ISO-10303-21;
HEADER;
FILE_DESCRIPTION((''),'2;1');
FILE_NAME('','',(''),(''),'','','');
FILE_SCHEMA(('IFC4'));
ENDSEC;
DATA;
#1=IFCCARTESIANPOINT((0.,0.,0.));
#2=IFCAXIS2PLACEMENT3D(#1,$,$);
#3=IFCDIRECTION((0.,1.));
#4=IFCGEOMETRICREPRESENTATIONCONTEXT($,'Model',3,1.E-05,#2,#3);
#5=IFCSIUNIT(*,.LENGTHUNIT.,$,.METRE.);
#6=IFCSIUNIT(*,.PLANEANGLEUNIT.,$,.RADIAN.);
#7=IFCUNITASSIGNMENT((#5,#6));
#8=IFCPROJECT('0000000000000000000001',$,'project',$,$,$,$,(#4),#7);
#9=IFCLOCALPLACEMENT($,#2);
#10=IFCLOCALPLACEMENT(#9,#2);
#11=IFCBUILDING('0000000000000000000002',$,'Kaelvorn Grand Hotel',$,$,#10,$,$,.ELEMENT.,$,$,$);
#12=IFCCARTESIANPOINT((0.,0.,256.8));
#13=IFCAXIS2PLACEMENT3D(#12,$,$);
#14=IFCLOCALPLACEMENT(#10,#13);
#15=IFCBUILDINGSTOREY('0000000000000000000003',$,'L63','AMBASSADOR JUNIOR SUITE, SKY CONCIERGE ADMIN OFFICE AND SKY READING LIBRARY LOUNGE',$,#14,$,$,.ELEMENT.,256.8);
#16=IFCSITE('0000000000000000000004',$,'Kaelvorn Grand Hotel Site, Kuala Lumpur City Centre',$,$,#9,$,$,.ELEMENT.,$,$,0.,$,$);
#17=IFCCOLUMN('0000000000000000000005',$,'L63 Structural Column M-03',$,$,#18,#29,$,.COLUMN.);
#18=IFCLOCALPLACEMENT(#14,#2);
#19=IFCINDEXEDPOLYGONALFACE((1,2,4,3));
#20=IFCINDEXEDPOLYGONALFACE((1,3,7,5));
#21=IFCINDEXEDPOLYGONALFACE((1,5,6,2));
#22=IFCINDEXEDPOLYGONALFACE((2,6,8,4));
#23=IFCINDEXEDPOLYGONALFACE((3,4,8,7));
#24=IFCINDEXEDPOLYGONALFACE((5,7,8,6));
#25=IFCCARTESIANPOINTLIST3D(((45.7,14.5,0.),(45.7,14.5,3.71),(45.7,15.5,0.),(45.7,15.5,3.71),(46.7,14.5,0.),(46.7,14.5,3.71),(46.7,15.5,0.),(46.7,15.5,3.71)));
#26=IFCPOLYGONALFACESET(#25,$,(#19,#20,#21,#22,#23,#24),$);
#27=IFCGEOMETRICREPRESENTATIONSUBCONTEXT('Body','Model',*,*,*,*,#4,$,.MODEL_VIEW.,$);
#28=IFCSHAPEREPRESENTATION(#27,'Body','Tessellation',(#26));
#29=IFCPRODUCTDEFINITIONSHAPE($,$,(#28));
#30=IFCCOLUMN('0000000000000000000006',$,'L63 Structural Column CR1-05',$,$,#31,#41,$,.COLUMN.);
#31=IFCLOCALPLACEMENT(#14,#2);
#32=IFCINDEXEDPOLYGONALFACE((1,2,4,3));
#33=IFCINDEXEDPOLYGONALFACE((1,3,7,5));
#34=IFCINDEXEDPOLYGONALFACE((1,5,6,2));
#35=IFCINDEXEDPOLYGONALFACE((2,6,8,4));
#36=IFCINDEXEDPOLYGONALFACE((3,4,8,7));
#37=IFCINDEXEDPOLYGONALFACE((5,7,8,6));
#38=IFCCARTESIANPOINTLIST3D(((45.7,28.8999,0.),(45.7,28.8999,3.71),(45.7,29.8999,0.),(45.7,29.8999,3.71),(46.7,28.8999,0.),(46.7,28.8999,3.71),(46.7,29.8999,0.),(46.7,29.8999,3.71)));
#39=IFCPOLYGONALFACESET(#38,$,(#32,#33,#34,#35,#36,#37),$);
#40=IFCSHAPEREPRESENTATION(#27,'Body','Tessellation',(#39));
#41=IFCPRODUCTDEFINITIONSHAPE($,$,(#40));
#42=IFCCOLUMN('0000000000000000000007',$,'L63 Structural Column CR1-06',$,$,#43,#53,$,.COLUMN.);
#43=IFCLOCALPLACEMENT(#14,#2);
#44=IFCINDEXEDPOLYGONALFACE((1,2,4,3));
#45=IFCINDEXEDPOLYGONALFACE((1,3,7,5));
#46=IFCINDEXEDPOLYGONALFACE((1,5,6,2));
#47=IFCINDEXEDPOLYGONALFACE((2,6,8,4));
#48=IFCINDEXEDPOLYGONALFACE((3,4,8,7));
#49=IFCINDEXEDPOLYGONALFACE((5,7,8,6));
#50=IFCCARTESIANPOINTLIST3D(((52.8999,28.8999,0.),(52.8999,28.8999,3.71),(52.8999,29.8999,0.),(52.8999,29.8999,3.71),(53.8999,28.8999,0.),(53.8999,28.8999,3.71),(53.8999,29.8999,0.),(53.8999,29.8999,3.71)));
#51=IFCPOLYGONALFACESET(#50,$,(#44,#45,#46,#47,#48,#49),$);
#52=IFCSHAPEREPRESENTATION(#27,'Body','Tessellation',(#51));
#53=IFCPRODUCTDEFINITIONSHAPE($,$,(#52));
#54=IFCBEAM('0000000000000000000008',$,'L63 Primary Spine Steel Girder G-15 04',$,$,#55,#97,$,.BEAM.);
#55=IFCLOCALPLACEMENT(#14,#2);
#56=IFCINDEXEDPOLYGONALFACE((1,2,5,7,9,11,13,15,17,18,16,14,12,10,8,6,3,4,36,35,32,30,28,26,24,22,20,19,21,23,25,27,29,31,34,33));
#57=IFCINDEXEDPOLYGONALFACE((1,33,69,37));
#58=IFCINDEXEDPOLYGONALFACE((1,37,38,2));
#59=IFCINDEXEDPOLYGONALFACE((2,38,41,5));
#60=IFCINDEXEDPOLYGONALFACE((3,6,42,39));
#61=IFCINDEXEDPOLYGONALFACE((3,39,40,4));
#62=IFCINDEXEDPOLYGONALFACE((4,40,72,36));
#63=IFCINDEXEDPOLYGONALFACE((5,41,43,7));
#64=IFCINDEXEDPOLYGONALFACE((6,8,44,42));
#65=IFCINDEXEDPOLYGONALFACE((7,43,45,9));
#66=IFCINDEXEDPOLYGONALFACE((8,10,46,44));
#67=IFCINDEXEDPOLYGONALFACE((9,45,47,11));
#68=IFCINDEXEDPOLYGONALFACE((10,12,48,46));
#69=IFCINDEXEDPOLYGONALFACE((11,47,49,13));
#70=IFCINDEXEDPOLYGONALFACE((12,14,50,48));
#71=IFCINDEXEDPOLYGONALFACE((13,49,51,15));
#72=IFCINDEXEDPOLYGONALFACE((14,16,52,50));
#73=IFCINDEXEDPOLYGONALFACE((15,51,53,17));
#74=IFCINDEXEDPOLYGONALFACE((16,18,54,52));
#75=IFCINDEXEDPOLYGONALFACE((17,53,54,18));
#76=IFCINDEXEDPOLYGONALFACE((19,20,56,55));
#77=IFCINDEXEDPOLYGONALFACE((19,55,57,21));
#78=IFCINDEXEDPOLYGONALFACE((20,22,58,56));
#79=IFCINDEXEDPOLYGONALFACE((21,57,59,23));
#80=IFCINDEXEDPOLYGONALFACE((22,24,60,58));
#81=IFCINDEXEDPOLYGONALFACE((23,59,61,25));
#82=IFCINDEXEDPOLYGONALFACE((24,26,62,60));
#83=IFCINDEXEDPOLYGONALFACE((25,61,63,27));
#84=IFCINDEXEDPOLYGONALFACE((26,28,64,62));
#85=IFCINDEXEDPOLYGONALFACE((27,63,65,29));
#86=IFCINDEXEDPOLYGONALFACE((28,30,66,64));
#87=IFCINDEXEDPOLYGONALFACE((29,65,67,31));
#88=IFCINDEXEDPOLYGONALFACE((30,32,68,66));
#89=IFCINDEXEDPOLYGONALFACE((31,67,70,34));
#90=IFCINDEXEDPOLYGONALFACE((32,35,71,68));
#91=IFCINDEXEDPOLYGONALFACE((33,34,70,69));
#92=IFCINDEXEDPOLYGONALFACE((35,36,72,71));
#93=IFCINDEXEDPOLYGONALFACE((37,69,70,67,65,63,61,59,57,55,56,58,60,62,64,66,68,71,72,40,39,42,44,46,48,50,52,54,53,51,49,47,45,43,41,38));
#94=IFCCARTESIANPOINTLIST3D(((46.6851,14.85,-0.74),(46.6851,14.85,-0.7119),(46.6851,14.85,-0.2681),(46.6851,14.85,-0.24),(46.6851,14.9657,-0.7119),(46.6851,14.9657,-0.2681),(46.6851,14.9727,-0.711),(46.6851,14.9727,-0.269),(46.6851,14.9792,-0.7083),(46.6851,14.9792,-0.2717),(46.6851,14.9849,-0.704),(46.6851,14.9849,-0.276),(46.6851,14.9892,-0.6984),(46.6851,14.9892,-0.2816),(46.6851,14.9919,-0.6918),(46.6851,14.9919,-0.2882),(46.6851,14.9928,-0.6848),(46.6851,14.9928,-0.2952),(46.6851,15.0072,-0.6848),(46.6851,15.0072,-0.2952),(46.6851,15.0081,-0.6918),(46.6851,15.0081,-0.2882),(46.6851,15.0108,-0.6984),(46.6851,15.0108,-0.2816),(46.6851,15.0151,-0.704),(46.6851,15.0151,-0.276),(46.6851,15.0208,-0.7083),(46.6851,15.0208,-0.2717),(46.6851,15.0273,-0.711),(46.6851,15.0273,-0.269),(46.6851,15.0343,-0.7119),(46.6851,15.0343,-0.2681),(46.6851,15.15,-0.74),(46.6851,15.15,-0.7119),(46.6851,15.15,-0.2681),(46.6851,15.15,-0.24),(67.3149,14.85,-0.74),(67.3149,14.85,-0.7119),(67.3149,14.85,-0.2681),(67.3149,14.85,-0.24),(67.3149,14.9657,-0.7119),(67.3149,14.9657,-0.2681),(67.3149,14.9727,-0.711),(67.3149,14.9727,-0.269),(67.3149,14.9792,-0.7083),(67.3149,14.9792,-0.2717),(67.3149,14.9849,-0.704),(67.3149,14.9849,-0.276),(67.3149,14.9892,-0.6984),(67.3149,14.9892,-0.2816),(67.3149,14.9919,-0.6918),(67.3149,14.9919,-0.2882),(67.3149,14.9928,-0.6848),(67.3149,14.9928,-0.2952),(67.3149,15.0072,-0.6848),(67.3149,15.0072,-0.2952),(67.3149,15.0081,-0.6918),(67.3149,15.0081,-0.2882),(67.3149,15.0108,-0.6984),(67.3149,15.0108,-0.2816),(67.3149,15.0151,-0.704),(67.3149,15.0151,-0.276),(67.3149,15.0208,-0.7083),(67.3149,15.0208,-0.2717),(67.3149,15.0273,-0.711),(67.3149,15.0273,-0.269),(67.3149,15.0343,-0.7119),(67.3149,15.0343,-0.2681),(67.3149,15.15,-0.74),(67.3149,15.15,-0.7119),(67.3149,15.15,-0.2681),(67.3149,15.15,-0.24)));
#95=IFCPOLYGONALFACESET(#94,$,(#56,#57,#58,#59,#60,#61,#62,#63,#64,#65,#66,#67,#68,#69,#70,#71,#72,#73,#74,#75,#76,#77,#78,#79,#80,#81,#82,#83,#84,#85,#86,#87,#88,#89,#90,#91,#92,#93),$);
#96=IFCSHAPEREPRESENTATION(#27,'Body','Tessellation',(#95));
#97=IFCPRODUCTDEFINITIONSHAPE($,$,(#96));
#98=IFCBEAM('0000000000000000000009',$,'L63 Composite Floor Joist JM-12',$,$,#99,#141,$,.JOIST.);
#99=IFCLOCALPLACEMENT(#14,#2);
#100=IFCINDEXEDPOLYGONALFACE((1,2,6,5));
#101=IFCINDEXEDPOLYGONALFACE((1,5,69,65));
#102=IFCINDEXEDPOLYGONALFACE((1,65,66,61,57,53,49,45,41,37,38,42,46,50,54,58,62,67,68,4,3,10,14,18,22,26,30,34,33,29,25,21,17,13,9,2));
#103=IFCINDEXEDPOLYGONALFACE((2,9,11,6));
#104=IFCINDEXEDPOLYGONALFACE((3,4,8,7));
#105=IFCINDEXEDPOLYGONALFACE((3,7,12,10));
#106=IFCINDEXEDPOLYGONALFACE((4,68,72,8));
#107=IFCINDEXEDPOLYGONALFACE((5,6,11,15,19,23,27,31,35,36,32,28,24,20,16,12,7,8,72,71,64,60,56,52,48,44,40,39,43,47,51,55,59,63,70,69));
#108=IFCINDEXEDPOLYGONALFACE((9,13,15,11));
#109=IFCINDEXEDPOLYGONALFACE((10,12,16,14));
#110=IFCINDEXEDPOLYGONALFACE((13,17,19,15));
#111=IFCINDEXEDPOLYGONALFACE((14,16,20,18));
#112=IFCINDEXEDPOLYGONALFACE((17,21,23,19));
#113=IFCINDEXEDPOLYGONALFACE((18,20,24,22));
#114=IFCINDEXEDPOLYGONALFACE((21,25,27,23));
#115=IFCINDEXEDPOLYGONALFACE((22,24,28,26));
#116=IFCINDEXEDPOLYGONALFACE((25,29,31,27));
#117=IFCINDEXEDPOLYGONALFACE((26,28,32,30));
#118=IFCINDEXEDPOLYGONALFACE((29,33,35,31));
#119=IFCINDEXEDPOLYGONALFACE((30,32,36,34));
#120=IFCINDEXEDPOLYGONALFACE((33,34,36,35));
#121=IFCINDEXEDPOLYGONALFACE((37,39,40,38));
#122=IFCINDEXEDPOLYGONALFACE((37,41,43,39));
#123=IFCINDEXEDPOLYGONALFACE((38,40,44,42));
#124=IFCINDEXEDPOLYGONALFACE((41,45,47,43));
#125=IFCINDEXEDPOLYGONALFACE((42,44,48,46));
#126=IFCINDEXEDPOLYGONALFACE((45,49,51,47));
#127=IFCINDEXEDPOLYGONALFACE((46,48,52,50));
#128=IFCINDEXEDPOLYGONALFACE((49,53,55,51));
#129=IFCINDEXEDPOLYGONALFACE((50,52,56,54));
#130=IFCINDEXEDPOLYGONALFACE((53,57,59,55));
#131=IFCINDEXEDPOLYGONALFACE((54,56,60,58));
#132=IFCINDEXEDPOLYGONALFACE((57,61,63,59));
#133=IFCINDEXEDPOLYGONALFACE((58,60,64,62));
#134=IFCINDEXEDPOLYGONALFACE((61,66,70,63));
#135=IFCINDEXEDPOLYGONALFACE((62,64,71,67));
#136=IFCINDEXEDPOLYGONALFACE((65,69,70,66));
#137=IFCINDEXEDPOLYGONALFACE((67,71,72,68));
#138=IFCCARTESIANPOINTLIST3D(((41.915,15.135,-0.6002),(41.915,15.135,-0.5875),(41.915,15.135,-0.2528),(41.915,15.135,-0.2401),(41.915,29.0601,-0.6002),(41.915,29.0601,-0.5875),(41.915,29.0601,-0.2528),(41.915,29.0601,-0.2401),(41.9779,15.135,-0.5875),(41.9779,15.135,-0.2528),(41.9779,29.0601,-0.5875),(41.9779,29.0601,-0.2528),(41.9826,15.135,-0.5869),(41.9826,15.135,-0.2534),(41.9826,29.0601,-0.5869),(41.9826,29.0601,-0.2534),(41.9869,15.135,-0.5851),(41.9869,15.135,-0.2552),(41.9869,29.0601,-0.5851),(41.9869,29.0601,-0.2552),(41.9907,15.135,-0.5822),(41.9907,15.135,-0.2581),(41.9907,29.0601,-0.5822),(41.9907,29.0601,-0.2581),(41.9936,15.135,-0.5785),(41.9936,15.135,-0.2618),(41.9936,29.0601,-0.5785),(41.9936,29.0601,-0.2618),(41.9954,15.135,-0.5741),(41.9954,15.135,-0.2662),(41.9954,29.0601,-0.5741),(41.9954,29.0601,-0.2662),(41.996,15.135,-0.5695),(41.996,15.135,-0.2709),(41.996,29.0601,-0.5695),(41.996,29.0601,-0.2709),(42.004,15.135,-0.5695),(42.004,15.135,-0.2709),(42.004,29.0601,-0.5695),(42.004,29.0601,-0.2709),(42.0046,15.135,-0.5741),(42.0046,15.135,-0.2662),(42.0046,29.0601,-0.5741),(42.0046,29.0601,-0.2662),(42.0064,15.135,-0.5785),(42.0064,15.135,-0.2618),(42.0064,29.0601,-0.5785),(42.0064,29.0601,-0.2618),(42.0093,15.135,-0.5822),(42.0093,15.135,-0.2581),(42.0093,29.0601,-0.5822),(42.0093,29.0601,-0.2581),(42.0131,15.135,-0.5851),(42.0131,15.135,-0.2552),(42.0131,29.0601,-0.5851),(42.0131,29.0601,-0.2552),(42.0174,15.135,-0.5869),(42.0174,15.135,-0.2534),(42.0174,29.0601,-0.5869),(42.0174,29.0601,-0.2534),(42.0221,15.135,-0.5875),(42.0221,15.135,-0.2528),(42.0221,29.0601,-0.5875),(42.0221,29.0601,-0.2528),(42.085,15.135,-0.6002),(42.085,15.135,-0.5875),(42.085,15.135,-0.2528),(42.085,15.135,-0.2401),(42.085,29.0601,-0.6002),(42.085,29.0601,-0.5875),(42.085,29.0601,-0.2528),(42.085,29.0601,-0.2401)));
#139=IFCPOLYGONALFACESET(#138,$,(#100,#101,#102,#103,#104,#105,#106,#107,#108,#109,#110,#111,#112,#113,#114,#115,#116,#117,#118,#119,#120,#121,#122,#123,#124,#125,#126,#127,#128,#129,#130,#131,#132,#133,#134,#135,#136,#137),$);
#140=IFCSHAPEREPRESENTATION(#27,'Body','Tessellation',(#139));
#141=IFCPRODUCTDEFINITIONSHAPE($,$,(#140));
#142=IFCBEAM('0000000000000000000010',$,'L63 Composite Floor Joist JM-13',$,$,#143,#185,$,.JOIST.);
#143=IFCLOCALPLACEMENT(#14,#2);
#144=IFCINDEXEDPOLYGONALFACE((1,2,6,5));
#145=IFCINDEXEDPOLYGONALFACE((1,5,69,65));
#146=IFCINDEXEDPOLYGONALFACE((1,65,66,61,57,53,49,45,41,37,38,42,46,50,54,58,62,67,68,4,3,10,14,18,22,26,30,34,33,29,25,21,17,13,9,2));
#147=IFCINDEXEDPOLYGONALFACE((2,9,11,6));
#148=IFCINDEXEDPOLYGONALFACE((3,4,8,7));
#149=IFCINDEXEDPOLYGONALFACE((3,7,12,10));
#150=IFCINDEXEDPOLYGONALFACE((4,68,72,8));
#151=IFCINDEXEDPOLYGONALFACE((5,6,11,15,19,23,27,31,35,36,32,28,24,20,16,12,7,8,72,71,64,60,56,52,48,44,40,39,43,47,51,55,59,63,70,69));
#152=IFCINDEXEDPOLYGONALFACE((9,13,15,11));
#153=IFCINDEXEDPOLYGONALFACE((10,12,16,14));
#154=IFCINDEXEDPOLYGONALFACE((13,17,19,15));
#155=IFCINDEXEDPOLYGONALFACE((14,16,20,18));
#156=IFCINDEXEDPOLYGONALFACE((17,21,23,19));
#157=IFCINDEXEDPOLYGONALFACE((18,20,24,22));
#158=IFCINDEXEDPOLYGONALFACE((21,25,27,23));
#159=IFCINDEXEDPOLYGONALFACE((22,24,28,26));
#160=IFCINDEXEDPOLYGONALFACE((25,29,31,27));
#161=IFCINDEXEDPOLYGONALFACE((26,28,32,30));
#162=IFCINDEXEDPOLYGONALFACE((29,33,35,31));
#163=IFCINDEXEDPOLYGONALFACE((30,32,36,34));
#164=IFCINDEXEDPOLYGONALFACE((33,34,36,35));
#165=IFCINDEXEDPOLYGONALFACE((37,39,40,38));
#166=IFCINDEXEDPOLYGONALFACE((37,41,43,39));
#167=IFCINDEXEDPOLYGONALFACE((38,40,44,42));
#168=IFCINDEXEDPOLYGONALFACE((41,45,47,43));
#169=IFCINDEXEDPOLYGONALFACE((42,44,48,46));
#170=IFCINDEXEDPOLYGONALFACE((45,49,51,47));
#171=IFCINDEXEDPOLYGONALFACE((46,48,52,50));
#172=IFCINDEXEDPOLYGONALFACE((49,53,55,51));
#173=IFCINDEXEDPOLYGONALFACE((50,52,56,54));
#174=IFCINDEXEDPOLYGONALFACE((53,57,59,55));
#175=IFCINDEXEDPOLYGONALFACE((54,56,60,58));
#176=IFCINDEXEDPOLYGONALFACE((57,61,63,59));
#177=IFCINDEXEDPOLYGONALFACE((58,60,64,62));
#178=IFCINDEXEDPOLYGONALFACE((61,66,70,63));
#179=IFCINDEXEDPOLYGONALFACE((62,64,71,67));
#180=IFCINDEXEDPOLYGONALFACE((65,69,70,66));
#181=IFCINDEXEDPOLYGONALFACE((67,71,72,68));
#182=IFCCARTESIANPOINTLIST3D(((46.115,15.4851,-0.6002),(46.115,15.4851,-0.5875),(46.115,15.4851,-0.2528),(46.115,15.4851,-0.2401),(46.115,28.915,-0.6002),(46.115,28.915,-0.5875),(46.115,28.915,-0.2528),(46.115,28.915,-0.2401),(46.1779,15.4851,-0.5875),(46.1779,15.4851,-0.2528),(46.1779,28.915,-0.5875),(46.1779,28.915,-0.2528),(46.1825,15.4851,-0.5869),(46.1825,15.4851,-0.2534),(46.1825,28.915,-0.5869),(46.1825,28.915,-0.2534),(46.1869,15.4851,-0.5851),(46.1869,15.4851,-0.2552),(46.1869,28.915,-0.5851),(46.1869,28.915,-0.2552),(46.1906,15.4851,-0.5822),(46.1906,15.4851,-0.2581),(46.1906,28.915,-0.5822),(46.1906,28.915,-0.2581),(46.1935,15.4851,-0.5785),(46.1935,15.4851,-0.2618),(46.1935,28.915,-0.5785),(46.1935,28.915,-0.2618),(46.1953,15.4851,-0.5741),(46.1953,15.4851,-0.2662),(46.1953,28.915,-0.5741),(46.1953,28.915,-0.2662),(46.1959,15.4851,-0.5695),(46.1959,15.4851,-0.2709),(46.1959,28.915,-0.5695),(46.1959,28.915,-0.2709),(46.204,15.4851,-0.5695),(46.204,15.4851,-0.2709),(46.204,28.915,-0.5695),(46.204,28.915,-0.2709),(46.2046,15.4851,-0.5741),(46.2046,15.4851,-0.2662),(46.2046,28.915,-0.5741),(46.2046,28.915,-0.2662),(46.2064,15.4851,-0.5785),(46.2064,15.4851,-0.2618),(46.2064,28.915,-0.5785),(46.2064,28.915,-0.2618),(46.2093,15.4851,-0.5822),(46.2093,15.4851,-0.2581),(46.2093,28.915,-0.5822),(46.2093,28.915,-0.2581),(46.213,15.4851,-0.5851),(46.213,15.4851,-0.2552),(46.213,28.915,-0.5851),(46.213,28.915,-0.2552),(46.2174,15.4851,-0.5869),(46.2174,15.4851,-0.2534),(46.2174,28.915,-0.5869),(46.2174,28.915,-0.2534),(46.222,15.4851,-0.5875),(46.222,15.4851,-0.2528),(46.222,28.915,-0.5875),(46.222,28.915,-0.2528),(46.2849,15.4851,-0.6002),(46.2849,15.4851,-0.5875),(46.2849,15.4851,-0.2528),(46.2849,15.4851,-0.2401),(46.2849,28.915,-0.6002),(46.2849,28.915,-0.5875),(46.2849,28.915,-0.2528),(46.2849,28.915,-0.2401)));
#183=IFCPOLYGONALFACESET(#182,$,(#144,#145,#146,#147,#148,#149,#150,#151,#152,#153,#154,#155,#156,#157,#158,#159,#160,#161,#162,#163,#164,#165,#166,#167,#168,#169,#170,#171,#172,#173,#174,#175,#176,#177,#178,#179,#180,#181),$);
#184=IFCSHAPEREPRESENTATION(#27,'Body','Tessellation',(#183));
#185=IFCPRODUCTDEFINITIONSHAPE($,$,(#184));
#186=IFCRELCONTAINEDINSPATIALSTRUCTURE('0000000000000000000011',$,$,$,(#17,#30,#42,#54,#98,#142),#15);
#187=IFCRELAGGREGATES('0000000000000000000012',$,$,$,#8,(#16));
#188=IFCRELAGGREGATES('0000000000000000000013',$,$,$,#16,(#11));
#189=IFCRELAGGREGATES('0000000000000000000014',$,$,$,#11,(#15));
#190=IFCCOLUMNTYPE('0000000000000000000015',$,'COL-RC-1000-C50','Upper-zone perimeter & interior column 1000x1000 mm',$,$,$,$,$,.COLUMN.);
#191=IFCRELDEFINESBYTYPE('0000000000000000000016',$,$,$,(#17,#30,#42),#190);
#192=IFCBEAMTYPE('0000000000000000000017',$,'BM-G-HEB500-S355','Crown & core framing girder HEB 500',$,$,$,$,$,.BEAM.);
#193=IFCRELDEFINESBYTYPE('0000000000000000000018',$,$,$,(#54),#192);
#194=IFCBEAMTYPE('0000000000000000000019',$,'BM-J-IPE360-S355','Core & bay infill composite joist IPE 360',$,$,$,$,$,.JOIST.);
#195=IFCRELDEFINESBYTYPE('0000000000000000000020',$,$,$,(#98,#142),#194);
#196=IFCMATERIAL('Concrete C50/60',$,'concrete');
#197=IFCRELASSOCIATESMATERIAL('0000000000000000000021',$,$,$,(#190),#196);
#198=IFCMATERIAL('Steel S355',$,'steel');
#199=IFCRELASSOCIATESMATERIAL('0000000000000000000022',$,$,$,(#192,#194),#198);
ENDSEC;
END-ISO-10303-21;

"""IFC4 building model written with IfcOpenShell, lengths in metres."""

from ifc_helpers import new_model, si_unit, direction, frame, origin, origin_2d, place, context, subcontext, project, spatial, rectangle, i_section, extrude, material, material_profile, profile_set, type_object, element, save


model = new_model("IFC4")

# Units and contexts
model_context = context("Model", 3, precision=1e-05, world=origin(), true_north=direction((0.0, 1.0)))
body_context = subcontext(model_context, "Body", "Model", "MODEL_VIEW")
ifc_project = project(units=[si_unit("LENGTHUNIT", "METRE"), si_unit("PLANEANGLEUNIT", "RADIAN")], contexts=[model_context])

# Site, building, storey
site_placement = place(None, origin())
site = spatial("IfcSite", under=ifc_project, at=site_placement, Name="Kaelvorn Grand Hotel Site, Kuala Lumpur City Centre", CompositionType="ELEMENT", RefElevation=0.0)
building_placement = place(site_placement, origin())
building = spatial("IfcBuilding", under=site, at=building_placement, Name="Kaelvorn Grand Hotel", CompositionType="ELEMENT")
storey_placement = place(building_placement, frame((0.0, 0.0, 256.8)))
storey = spatial("IfcBuildingStorey", under=building, at=storey_placement, Name="L63", Description="AMBASSADOR JUNIOR SUITE, SKY CONCIERGE ADMIN OFFICE AND SKY READING LIBRARY LOUNGE", CompositionType="ELEMENT", Elevation=256.8)

# Columns
ifc_material_1 = material(Name="Concrete C50/60", Category="concrete")
ifc_material_profile_1 = material_profile(ifc_material_1, rectangle(XDim=1.0, YDim=1.0, at=origin_2d()), Name="RC COL 1000x1000")
ifc_profile_set_1 = profile_set([ifc_material_profile_1], Name="Concrete C50/60")
column_type = type_object("IfcColumnType", Name="COL-RC-1000-C50", Description="Upper-zone perimeter & interior column 1000x1000 mm", PredefinedType="COLUMN", material=ifc_profile_set_1)
for number, where, z_axis, x_axis, name in (
    (1, (46.2, 15.0, 0.0), (0.0, 0.0, 1.0), (1.0, 0.0, 0.0), "L63 Structural Column M-03"),
    (2, (46.2, 29.3999, 0.0), (0.0, 0.0, 1.0), (1.0, 0.0, 0.0), "L63 Structural Column CR1-05"),
    (3, (53.3999, 29.3999, 0.0), (0.0, 0.0, 1.0), (1.0, 0.0, 0.0), "L63 Structural Column CR1-06"),
):
    element("IfcColumn", number, at=place(storey_placement, frame(where, z_axis=z_axis, x_axis=x_axis)), inside=storey, type_object=column_type, Name=name, PredefinedType="COLUMN", context=body_context, shape_type="SweptSolid", body=[
        extrude(rectangle(XDim=1.0, YDim=1.0, at=origin_2d()), origin(), (0.0, 0.0, 1.0), 3.71),
    ])

# Beams
ifc_material_2 = material(Name="Steel S355", Category="steel")
ifc_material_profile_2 = material_profile(ifc_material_2, i_section(OverallWidth=0.3, OverallDepth=0.5, WebThickness=0.0144, FlangeThickness=0.0281, FilletRadius=0.0271, at=origin_2d()), Name="HEB 500")
ifc_profile_set_2 = profile_set([ifc_material_profile_2], Name="Steel S355")
beam_type_1 = type_object("IfcBeamType", Name="BM-G-HEB500-S355", Description="Crown & core framing girder HEB 500", PredefinedType="BEAM", material=ifc_profile_set_2)
beam_1_placement = place(storey_placement, frame((46.6851, 15.0, -0.49), z_axis=(1.0, 0.0, 0.0), x_axis=(0.0, 1.0, 0.0)))
element("IfcBeam", 4, at=beam_1_placement, inside=storey, type_object=beam_type_1, Name="L63 Primary Spine Steel Girder G-15 04", PredefinedType="BEAM", context=body_context, shape_type="SweptSolid", body=[
    extrude(i_section(OverallWidth=0.3, OverallDepth=0.5, WebThickness=0.0144, FlangeThickness=0.0281, FilletRadius=0.0271, at=origin_2d()), origin(), (0.0, 0.0, 1.0), 20.6299),
])
ifc_material_profile_3 = material_profile(ifc_material_2, i_section(OverallWidth=0.1699, OverallDepth=0.3601, WebThickness=0.0081, FlangeThickness=0.0127, FilletRadius=0.0181, at=origin_2d()), Name="IPE 360")
ifc_profile_set_3 = profile_set([ifc_material_profile_3], Name="Steel S355")
beam_type_2 = type_object("IfcBeamType", Name="BM-J-IPE360-S355", Description="Core & bay infill composite joist IPE 360", PredefinedType="JOIST", material=ifc_profile_set_3)
beam_2_placement = place(storey_placement, frame((42.0, 15.135, -0.4202), z_axis=(0.0, 1.0, 0.0), x_axis=(-1.0, 0.0, 0.0)))
element("IfcBeam", 5, at=beam_2_placement, inside=storey, type_object=beam_type_2, Name="L63 Composite Floor Joist JM-12", PredefinedType="JOIST", context=body_context, shape_type="SweptSolid", body=[
    extrude(i_section(OverallWidth=0.1699, OverallDepth=0.3601, WebThickness=0.0081, FlangeThickness=0.0127, FilletRadius=0.0181, at=origin_2d()), origin(), (0.0, 0.0, 1.0), 13.925),
])
beam_3_placement = place(storey_placement, frame((46.2, 15.4851, -0.4202), z_axis=(0.0, 1.0, 0.0), x_axis=(-1.0, 0.0, 0.0)))
element("IfcBeam", 6, at=beam_3_placement, inside=storey, type_object=beam_type_2, Name="L63 Composite Floor Joist JM-13", PredefinedType="JOIST", context=body_context, shape_type="SweptSolid", body=[
    extrude(i_section(OverallWidth=0.1699, OverallDepth=0.3601, WebThickness=0.0081, FlangeThickness=0.0127, FilletRadius=0.0181, at=origin_2d()), origin(), (0.0, 0.0, 1.0), 13.4299),
])

save(model, "model.ifc")
